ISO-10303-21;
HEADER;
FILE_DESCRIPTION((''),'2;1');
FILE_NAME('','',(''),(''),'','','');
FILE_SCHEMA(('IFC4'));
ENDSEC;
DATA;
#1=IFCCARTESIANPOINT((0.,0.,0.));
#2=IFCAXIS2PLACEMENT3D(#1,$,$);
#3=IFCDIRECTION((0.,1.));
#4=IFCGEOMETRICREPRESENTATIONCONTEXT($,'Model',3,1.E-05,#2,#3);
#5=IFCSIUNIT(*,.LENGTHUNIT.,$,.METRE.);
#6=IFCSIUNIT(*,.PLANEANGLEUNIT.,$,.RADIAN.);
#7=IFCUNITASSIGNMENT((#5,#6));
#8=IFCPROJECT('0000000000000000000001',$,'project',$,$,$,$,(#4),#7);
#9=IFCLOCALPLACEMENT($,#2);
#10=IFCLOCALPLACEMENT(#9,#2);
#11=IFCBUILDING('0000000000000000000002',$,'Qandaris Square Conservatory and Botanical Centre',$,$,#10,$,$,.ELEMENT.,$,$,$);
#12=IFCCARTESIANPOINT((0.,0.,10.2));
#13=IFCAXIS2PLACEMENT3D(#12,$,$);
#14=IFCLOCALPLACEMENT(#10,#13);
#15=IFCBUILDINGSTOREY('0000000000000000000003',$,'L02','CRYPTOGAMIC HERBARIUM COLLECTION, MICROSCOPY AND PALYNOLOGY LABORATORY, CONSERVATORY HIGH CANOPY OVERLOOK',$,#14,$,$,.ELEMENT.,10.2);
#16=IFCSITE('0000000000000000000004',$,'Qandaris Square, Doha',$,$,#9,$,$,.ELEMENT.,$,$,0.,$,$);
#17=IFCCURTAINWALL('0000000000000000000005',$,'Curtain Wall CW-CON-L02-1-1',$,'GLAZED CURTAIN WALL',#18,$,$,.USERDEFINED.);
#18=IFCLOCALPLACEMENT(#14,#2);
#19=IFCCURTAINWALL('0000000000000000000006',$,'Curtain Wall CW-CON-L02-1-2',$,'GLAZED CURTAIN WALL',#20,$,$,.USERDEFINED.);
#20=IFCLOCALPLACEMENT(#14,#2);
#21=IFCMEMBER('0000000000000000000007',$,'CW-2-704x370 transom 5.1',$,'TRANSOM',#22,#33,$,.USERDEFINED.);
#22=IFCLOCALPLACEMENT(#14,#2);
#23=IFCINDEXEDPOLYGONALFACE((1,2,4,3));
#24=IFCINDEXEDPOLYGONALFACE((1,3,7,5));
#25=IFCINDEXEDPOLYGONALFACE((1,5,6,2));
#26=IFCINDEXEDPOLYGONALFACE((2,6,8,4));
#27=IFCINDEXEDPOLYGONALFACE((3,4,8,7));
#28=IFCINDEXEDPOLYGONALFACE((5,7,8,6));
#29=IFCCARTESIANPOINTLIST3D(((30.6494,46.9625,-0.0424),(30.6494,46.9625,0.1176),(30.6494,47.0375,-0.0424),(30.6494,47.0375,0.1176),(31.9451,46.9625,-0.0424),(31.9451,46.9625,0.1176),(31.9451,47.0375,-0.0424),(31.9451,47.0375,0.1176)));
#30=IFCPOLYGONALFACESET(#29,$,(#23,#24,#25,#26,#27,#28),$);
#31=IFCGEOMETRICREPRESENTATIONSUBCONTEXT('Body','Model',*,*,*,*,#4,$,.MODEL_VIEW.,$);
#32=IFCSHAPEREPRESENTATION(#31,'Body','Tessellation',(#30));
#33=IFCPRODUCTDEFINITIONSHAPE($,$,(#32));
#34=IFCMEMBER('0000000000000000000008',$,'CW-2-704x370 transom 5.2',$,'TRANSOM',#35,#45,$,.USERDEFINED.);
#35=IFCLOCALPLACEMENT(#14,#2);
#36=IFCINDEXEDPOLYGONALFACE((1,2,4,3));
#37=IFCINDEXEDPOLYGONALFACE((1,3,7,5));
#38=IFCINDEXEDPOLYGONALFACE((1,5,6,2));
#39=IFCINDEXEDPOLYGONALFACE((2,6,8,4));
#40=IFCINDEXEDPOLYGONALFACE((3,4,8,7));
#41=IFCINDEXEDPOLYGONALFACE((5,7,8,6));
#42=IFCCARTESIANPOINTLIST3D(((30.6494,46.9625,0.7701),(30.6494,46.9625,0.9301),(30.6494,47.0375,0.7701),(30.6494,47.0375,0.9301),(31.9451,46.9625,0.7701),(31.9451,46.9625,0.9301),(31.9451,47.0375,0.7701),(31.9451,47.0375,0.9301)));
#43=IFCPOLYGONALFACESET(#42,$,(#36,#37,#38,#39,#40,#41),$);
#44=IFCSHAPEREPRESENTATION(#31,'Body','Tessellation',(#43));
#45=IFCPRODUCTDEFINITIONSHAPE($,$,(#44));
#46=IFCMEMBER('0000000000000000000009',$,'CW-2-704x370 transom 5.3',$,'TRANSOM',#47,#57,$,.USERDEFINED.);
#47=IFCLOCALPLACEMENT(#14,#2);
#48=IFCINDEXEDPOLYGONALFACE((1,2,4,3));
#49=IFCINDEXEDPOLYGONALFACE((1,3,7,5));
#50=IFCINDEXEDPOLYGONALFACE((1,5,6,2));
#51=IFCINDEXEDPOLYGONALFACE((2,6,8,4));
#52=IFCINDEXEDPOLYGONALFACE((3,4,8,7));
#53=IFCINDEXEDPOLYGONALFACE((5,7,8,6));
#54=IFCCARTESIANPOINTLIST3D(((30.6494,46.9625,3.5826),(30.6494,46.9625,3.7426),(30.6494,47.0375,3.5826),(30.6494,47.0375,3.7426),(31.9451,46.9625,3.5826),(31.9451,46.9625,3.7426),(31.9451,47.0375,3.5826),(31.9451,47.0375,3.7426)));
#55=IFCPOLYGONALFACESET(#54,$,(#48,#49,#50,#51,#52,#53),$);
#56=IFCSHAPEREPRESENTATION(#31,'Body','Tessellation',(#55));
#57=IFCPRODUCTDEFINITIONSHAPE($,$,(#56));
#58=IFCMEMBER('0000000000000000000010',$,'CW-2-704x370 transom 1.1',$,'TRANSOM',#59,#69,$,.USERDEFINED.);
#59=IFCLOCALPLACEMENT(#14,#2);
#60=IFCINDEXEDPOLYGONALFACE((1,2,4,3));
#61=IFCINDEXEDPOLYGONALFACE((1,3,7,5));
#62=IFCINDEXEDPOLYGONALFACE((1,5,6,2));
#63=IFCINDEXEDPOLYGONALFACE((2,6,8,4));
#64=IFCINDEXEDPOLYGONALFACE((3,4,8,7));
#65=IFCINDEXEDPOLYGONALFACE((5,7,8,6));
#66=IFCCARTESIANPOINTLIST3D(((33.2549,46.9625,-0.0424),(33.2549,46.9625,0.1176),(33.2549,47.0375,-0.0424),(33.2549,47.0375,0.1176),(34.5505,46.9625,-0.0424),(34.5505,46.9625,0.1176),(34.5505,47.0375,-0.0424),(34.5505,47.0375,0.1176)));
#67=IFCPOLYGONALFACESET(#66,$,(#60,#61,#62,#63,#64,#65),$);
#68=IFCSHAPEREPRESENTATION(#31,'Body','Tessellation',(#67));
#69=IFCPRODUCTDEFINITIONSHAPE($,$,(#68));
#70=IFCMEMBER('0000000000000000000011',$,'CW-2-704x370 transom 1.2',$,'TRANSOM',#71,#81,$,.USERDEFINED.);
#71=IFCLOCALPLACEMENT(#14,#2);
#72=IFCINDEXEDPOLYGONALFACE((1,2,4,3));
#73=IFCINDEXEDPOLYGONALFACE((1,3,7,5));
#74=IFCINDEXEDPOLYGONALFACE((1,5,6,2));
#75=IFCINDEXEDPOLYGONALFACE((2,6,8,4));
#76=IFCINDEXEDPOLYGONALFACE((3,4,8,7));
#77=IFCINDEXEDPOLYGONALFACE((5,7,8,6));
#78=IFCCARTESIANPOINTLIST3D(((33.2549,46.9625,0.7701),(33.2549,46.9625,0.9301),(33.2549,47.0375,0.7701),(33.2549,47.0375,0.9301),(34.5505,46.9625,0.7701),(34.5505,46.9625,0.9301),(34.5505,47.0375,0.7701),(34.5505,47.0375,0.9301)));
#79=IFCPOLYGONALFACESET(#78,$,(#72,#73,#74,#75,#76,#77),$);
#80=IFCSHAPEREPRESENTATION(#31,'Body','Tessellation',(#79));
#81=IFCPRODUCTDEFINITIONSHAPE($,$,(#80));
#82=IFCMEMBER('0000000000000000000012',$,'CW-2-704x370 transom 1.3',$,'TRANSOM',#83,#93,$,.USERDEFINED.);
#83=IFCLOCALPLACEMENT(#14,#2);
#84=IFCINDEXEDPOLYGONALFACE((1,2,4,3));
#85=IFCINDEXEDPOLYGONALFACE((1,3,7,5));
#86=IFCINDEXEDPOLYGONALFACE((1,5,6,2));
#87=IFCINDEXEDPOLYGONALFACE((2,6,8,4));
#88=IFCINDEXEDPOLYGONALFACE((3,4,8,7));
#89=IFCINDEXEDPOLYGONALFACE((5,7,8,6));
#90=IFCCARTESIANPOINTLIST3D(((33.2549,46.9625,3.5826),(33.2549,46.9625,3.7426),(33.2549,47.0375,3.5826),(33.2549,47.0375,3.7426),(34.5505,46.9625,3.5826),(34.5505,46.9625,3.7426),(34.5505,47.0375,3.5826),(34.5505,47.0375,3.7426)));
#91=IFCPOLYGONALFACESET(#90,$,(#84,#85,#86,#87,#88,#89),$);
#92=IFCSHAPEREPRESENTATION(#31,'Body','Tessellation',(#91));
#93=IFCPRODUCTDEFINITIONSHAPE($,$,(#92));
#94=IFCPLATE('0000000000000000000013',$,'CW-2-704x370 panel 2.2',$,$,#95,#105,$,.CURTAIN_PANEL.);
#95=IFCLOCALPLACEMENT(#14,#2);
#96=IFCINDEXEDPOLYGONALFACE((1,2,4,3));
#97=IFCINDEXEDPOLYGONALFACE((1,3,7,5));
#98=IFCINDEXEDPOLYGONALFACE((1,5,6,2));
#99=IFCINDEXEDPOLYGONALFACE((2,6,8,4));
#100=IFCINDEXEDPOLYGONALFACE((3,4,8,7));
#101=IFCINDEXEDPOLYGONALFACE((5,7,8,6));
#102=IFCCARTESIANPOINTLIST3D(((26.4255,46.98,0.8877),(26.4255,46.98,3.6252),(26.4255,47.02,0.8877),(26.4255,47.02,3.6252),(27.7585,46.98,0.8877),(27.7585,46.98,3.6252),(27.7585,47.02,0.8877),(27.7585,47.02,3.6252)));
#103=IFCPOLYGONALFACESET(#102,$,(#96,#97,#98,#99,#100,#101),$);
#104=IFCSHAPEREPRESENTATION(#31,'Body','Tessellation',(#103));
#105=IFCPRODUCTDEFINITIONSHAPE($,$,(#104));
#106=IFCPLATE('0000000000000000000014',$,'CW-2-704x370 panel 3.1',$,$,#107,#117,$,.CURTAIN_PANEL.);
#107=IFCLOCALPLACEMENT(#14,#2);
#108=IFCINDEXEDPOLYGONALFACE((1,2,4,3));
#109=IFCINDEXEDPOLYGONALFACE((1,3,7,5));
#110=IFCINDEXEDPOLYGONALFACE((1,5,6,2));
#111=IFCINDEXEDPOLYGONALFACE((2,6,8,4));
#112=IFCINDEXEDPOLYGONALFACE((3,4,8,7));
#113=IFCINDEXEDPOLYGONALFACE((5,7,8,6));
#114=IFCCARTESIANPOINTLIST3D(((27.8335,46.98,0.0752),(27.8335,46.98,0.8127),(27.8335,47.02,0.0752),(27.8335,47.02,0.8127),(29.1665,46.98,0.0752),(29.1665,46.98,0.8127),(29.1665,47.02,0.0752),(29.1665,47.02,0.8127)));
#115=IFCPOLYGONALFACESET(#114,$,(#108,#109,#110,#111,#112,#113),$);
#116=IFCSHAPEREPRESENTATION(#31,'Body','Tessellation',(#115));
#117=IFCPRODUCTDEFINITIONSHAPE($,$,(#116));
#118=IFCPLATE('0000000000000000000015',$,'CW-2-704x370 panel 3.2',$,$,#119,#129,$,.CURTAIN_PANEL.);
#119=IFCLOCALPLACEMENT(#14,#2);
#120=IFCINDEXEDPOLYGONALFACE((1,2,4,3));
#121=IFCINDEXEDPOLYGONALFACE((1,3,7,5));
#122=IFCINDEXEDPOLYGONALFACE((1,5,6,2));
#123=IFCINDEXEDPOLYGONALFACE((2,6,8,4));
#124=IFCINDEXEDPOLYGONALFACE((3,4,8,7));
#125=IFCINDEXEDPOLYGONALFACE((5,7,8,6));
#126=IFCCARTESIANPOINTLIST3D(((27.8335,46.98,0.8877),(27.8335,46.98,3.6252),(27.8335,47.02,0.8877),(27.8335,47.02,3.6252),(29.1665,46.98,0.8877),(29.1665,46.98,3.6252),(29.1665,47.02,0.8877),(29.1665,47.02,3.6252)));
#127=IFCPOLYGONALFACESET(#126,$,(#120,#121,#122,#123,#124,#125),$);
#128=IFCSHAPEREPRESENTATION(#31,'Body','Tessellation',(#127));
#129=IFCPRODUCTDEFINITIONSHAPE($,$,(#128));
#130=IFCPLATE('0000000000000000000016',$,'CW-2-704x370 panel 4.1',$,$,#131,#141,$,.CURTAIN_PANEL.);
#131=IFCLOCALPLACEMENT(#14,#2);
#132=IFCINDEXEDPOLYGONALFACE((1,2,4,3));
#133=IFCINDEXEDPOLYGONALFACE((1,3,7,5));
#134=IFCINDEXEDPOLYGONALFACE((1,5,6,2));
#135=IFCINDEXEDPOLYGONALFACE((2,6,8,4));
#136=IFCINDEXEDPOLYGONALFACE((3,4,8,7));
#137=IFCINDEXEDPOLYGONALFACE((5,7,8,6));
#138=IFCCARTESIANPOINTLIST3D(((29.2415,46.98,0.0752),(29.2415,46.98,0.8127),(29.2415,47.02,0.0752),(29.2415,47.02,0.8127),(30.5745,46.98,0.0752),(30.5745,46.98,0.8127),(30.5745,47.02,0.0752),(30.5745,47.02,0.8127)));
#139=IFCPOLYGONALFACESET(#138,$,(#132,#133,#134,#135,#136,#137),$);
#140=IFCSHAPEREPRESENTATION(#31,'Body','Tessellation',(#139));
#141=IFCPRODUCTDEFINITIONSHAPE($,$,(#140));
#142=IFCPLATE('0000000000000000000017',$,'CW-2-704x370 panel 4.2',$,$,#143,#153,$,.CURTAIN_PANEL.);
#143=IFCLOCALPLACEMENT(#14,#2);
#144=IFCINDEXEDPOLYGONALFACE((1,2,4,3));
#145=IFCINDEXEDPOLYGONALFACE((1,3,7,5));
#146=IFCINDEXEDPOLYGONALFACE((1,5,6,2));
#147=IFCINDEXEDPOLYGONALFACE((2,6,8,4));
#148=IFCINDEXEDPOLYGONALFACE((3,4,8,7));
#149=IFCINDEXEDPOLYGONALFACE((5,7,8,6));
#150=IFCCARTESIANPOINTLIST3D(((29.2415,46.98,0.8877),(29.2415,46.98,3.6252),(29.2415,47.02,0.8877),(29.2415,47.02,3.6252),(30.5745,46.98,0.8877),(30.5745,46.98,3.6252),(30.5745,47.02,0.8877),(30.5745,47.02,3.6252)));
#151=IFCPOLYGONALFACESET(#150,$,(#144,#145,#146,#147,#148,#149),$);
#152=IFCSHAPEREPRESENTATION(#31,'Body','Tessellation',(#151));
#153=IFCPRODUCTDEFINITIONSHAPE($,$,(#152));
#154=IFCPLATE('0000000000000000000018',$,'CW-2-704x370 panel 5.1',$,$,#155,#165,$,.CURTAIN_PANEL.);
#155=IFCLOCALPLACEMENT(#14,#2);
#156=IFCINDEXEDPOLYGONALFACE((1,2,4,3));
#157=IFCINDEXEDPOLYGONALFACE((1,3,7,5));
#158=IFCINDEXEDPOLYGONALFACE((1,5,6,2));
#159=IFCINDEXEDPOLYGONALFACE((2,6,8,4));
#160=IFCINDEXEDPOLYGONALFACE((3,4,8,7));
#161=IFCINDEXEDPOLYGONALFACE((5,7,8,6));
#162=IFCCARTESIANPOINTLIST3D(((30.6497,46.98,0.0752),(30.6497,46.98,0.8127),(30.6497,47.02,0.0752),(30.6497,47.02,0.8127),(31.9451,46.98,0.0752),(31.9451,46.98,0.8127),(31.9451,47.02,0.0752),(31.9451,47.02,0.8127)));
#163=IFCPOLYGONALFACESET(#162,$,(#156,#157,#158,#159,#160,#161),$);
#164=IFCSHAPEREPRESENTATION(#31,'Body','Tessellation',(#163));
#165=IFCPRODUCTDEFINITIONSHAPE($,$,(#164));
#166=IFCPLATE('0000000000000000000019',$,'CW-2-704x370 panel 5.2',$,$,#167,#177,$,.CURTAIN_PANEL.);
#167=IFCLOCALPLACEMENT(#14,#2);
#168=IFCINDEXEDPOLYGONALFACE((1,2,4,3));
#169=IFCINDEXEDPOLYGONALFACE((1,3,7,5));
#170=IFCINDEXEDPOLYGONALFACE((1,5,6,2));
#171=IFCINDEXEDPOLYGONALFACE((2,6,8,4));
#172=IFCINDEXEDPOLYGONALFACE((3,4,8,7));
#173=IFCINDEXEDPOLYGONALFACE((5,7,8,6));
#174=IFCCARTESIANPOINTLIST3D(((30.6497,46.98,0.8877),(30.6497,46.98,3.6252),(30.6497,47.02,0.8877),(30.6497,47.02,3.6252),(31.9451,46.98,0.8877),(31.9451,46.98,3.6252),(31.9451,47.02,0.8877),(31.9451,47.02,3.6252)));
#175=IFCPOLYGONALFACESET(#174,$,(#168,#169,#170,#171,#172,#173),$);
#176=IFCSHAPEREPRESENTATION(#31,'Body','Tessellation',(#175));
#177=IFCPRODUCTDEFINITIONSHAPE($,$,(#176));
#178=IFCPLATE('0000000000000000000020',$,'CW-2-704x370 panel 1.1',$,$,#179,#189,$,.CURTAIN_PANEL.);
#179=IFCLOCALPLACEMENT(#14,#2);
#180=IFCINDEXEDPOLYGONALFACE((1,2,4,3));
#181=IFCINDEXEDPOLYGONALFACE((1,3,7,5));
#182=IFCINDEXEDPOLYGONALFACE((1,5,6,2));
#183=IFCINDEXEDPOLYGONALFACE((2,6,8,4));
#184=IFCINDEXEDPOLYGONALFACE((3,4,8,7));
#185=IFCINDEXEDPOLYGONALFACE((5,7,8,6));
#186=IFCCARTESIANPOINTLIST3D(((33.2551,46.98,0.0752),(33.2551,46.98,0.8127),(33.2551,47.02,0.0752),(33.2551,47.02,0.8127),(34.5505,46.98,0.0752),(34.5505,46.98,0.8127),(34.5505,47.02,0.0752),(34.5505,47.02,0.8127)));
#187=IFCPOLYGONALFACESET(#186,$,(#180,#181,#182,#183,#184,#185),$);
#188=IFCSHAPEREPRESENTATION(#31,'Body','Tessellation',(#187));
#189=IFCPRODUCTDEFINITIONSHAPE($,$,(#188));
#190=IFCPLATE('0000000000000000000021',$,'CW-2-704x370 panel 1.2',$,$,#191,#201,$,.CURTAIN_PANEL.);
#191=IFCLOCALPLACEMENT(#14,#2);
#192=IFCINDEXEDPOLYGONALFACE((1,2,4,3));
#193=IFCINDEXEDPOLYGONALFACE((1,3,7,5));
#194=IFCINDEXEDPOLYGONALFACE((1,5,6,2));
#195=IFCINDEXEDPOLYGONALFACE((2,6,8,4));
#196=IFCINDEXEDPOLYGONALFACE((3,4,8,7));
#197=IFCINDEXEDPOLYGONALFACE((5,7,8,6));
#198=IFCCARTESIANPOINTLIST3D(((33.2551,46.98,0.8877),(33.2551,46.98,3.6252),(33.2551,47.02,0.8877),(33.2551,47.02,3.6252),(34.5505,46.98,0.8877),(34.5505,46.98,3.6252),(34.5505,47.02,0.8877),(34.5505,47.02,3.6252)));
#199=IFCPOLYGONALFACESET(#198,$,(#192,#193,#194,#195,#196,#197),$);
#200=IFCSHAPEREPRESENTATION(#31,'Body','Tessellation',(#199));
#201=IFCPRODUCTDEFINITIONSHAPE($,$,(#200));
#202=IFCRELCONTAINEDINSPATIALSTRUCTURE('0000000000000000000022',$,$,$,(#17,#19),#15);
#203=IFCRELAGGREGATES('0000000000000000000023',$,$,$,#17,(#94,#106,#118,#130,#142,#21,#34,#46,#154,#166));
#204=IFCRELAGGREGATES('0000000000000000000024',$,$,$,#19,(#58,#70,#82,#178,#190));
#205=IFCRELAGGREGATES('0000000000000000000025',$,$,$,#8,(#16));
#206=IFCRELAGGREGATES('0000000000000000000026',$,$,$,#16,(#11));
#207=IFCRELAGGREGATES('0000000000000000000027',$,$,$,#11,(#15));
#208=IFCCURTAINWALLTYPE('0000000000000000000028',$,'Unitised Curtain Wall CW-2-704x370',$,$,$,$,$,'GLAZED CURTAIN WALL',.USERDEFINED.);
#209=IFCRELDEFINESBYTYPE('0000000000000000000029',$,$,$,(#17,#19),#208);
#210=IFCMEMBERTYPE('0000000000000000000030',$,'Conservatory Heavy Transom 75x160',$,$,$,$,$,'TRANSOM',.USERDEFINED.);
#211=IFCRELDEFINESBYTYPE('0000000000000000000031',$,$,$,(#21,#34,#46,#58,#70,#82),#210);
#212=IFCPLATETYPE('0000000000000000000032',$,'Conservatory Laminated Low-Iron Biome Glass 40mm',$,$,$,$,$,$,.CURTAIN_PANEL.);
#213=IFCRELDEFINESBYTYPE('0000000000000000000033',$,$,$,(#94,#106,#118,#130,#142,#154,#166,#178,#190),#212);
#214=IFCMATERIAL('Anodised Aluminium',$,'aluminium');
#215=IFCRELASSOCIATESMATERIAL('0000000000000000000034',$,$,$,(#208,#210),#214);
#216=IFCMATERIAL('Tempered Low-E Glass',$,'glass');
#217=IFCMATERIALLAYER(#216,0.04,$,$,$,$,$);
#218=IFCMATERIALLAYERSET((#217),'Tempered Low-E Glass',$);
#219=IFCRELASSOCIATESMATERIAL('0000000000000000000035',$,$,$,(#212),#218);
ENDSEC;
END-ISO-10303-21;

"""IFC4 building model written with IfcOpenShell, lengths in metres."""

from ifc_helpers import new_model, si_unit, direction, frame, origin, origin_2d, place, context, subcontext, project, spatial, rectangle, extrude, material, layer, layer_set, material_profile, profile_set, type_object, element, aggregate, save


model = new_model("IFC4")

# Units and contexts
model_context = context("Model", 3, precision=1e-05, world=origin(), true_north=direction((0.0, 1.0)))
body_context = subcontext(model_context, "Body", "Model", "MODEL_VIEW")
ifc_project = project(units=[si_unit("LENGTHUNIT", "METRE"), si_unit("PLANEANGLEUNIT", "RADIAN")], contexts=[model_context])

# Site, building, storey
site_placement = place(None, origin())
site = spatial("IfcSite", under=ifc_project, at=site_placement, Name="Qandaris Square, Doha", CompositionType="ELEMENT", RefElevation=0.0)
building_placement = place(site_placement, origin())
building = spatial("IfcBuilding", under=site, at=building_placement, Name="Qandaris Square Conservatory and Botanical Centre", CompositionType="ELEMENT")
storey_placement = place(building_placement, frame((0.0, 0.0, 10.2)))
storey = spatial("IfcBuildingStorey", under=building, at=storey_placement, Name="L02", Description="CRYPTOGAMIC HERBARIUM COLLECTION, MICROSCOPY AND PALYNOLOGY LABORATORY, CONSERVATORY HIGH CANOPY OVERLOOK", CompositionType="ELEMENT", Elevation=10.2)

# Curtain wall
ifc_material_1 = material(Name="Anodised Aluminium", Category="aluminium")
curtain_wall_type = type_object("IfcCurtainWallType", Name="Unitised Curtain Wall CW-2-704x370", ElementType="GLAZED CURTAIN WALL", PredefinedType="USERDEFINED", material=ifc_material_1)
curtain_wall_1_placement = place(storey_placement, origin())
curtain_wall_1 = element("IfcCurtainWall", 1, at=curtain_wall_1_placement, inside=storey, type_object=curtain_wall_type, Name="Curtain Wall CW-CON-L02-1-1", ObjectType="GLAZED CURTAIN WALL", PredefinedType="USERDEFINED")

# Curtain wall
curtain_wall_2_placement = place(storey_placement, origin())
curtain_wall_2 = element("IfcCurtainWall", 2, at=curtain_wall_2_placement, inside=storey, type_object=curtain_wall_type, Name="Curtain Wall CW-CON-L02-1-2", ObjectType="GLAZED CURTAIN WALL", PredefinedType="USERDEFINED")

# Members
ifc_material_profile_1 = material_profile(ifc_material_1, rectangle(XDim=0.075, YDim=0.1599, at=origin_2d()), Name="ALU-TRN 75x160")
ifc_profile_set_1 = profile_set([ifc_material_profile_1], Name="Anodised Aluminium")
member_type_1 = type_object("IfcMemberType", Name="Conservatory Heavy Transom 75x160", ElementType="TRANSOM", PredefinedType="USERDEFINED", material=ifc_profile_set_1)
member_1_placement = place(storey_placement, frame((30.6494, 47.0, 0.0376), z_axis=(1.0, 0.0, 0.0), x_axis=(0.0, 1.0, 0.0)))
member_1 = element("IfcMember", 3, at=member_1_placement, type_object=member_type_1, Name="CW-2-704x370 transom 5.1", ObjectType="TRANSOM", PredefinedType="USERDEFINED", context=body_context, shape_type="SweptSolid", body=[
    extrude(rectangle(XDim=0.075, YDim=0.1599, at=origin_2d()), origin(), (0.0, 0.0, 1.0), 1.2957),
])
member_2_placement = place(storey_placement, frame((30.6494, 47.0, 0.8501), z_axis=(1.0, 0.0, 0.0), x_axis=(0.0, 1.0, 0.0)))
member_2 = element("IfcMember", 4, at=member_2_placement, type_object=member_type_1, Name="CW-2-704x370 transom 5.2", ObjectType="TRANSOM", PredefinedType="USERDEFINED", context=body_context, shape_type="SweptSolid", body=[
    extrude(rectangle(XDim=0.075, YDim=0.1599, at=origin_2d()), origin(), (0.0, 0.0, 1.0), 1.2957),
])
member_3_placement = place(storey_placement, frame((30.6494, 47.0, 3.6626), z_axis=(1.0, 0.0, 0.0), x_axis=(0.0, 1.0, 0.0)))
member_3 = element("IfcMember", 5, at=member_3_placement, type_object=member_type_1, Name="CW-2-704x370 transom 5.3", ObjectType="TRANSOM", PredefinedType="USERDEFINED", context=body_context, shape_type="SweptSolid", body=[
    extrude(rectangle(XDim=0.075, YDim=0.1599, at=origin_2d()), origin(), (0.0, 0.0, 1.0), 1.2957),
])
member_4_placement = place(storey_placement, frame((33.2549, 47.0, 0.0376), z_axis=(1.0, 0.0, 0.0), x_axis=(0.0, 1.0, 0.0)))
member_4 = element("IfcMember", 6, at=member_4_placement, type_object=member_type_1, Name="CW-2-704x370 transom 1.1", ObjectType="TRANSOM", PredefinedType="USERDEFINED", context=body_context, shape_type="SweptSolid", body=[
    extrude(rectangle(XDim=0.075, YDim=0.1599, at=origin_2d()), origin(), (0.0, 0.0, 1.0), 1.2957),
])
member_5_placement = place(storey_placement, frame((33.2549, 47.0, 0.8501), z_axis=(1.0, 0.0, 0.0), x_axis=(0.0, 1.0, 0.0)))
member_5 = element("IfcMember", 7, at=member_5_placement, type_object=member_type_1, Name="CW-2-704x370 transom 1.2", ObjectType="TRANSOM", PredefinedType="USERDEFINED", context=body_context, shape_type="SweptSolid", body=[
    extrude(rectangle(XDim=0.075, YDim=0.1599, at=origin_2d()), origin(), (0.0, 0.0, 1.0), 1.2957),
])
member_6_placement = place(storey_placement, frame((33.2549, 47.0, 3.6626), z_axis=(1.0, 0.0, 0.0), x_axis=(0.0, 1.0, 0.0)))
member_6 = element("IfcMember", 8, at=member_6_placement, type_object=member_type_1, Name="CW-2-704x370 transom 1.3", ObjectType="TRANSOM", PredefinedType="USERDEFINED", context=body_context, shape_type="SweptSolid", body=[
    extrude(rectangle(XDim=0.075, YDim=0.1599, at=origin_2d()), origin(), (0.0, 0.0, 1.0), 1.2957),
])

# Plates
ifc_material_2 = material(Name="Tempered Low-E Glass", Category="glass")
ifc_layer = layer(ifc_material_2, 0.04)
ifc_layer_set = layer_set([ifc_layer], Name="Tempered Low-E Glass")
plate_type = type_object("IfcPlateType", Name="Conservatory Laminated Low-Iron Biome Glass 40mm", PredefinedType="CURTAIN_PANEL", material=ifc_layer_set)
plate_1_placement = place(storey_placement, frame((27.092, 47.0, 0.8877), z_axis=(0.0, 0.0, 1.0), x_axis=(1.0, 0.0, 0.0)))
plate_1 = element("IfcPlate", 9, at=plate_1_placement, type_object=plate_type, Name="CW-2-704x370 panel 2.2", PredefinedType="CURTAIN_PANEL", context=body_context, shape_type="SweptSolid", body=[
    extrude(rectangle(XDim=1.333, YDim=0.04, at=origin_2d()), origin(), (0.0, 0.0, 1.0), 2.7375),
])
plate_2_placement = place(storey_placement, frame((28.5, 47.0, 0.0752), z_axis=(0.0, 0.0, 1.0), x_axis=(1.0, 0.0, 0.0)))
plate_2 = element("IfcPlate", 10, at=plate_2_placement, type_object=plate_type, Name="CW-2-704x370 panel 3.1", PredefinedType="CURTAIN_PANEL", context=body_context, shape_type="SweptSolid", body=[
    extrude(rectangle(XDim=1.333, YDim=0.04, at=origin_2d()), origin(), (0.0, 0.0, 1.0), 0.7375),
])
plate_3_placement = place(storey_placement, frame((28.5, 47.0, 0.8877), z_axis=(0.0, 0.0, 1.0), x_axis=(1.0, 0.0, 0.0)))
plate_3 = element("IfcPlate", 11, at=plate_3_placement, type_object=plate_type, Name="CW-2-704x370 panel 3.2", PredefinedType="CURTAIN_PANEL", context=body_context, shape_type="SweptSolid", body=[
    extrude(rectangle(XDim=1.333, YDim=0.04, at=origin_2d()), origin(), (0.0, 0.0, 1.0), 2.7375),
])
plate_4_placement = place(storey_placement, frame((29.908, 47.0, 0.0752), z_axis=(0.0, 0.0, 1.0), x_axis=(1.0, 0.0, 0.0)))
plate_4 = element("IfcPlate", 12, at=plate_4_placement, type_object=plate_type, Name="CW-2-704x370 panel 4.1", PredefinedType="CURTAIN_PANEL", context=body_context, shape_type="SweptSolid", body=[
    extrude(rectangle(XDim=1.333, YDim=0.04, at=origin_2d()), origin(), (0.0, 0.0, 1.0), 0.7375),
])
plate_5_placement = place(storey_placement, frame((29.908, 47.0, 0.8877), z_axis=(0.0, 0.0, 1.0), x_axis=(1.0, 0.0, 0.0)))
plate_5 = element("IfcPlate", 13, at=plate_5_placement, type_object=plate_type, Name="CW-2-704x370 panel 4.2", PredefinedType="CURTAIN_PANEL", context=body_context, shape_type="SweptSolid", body=[
    extrude(rectangle(XDim=1.333, YDim=0.04, at=origin_2d()), origin(), (0.0, 0.0, 1.0), 2.7375),
])
plate_6_placement = place(storey_placement, frame((31.2974, 47.0, 0.0752), z_axis=(0.0, 0.0, 1.0), x_axis=(1.0, 0.0, 0.0)))
plate_6 = element("IfcPlate", 14, at=plate_6_placement, type_object=plate_type, Name="CW-2-704x370 panel 5.1", PredefinedType="CURTAIN_PANEL", context=body_context, shape_type="SweptSolid", body=[
    extrude(rectangle(XDim=1.2954, YDim=0.04, at=origin_2d()), origin(), (0.0, 0.0, 1.0), 0.7375),
])
plate_7_placement = place(storey_placement, frame((31.2974, 47.0, 0.8877), z_axis=(0.0, 0.0, 1.0), x_axis=(1.0, 0.0, 0.0)))
plate_7 = element("IfcPlate", 15, at=plate_7_placement, type_object=plate_type, Name="CW-2-704x370 panel 5.2", PredefinedType="CURTAIN_PANEL", context=body_context, shape_type="SweptSolid", body=[
    extrude(rectangle(XDim=1.2954, YDim=0.04, at=origin_2d()), origin(), (0.0, 0.0, 1.0), 2.7375),
])
aggregate(curtain_wall_1, [plate_1, plate_2, plate_3, plate_4, plate_5, member_1, member_2, member_3, plate_6, plate_7])
plate_8_placement = place(storey_placement, frame((33.9028, 47.0, 0.0752), z_axis=(0.0, 0.0, 1.0), x_axis=(1.0, 0.0, 0.0)))
plate_8 = element("IfcPlate", 16, at=plate_8_placement, type_object=plate_type, Name="CW-2-704x370 panel 1.1", PredefinedType="CURTAIN_PANEL", context=body_context, shape_type="SweptSolid", body=[
    extrude(rectangle(XDim=1.2954, YDim=0.04, at=origin_2d()), origin(), (0.0, 0.0, 1.0), 0.7375),
])
plate_9_placement = place(storey_placement, frame((33.9028, 47.0, 0.8877), z_axis=(0.0, 0.0, 1.0), x_axis=(1.0, 0.0, 0.0)))
plate_9 = element("IfcPlate", 17, at=plate_9_placement, type_object=plate_type, Name="CW-2-704x370 panel 1.2", PredefinedType="CURTAIN_PANEL", context=body_context, shape_type="SweptSolid", body=[
    extrude(rectangle(XDim=1.2954, YDim=0.04, at=origin_2d()), origin(), (0.0, 0.0, 1.0), 2.7375),
])
aggregate(curtain_wall_2, [member_4, member_5, member_6, plate_8, plate_9])

save(model, "model.ifc")
